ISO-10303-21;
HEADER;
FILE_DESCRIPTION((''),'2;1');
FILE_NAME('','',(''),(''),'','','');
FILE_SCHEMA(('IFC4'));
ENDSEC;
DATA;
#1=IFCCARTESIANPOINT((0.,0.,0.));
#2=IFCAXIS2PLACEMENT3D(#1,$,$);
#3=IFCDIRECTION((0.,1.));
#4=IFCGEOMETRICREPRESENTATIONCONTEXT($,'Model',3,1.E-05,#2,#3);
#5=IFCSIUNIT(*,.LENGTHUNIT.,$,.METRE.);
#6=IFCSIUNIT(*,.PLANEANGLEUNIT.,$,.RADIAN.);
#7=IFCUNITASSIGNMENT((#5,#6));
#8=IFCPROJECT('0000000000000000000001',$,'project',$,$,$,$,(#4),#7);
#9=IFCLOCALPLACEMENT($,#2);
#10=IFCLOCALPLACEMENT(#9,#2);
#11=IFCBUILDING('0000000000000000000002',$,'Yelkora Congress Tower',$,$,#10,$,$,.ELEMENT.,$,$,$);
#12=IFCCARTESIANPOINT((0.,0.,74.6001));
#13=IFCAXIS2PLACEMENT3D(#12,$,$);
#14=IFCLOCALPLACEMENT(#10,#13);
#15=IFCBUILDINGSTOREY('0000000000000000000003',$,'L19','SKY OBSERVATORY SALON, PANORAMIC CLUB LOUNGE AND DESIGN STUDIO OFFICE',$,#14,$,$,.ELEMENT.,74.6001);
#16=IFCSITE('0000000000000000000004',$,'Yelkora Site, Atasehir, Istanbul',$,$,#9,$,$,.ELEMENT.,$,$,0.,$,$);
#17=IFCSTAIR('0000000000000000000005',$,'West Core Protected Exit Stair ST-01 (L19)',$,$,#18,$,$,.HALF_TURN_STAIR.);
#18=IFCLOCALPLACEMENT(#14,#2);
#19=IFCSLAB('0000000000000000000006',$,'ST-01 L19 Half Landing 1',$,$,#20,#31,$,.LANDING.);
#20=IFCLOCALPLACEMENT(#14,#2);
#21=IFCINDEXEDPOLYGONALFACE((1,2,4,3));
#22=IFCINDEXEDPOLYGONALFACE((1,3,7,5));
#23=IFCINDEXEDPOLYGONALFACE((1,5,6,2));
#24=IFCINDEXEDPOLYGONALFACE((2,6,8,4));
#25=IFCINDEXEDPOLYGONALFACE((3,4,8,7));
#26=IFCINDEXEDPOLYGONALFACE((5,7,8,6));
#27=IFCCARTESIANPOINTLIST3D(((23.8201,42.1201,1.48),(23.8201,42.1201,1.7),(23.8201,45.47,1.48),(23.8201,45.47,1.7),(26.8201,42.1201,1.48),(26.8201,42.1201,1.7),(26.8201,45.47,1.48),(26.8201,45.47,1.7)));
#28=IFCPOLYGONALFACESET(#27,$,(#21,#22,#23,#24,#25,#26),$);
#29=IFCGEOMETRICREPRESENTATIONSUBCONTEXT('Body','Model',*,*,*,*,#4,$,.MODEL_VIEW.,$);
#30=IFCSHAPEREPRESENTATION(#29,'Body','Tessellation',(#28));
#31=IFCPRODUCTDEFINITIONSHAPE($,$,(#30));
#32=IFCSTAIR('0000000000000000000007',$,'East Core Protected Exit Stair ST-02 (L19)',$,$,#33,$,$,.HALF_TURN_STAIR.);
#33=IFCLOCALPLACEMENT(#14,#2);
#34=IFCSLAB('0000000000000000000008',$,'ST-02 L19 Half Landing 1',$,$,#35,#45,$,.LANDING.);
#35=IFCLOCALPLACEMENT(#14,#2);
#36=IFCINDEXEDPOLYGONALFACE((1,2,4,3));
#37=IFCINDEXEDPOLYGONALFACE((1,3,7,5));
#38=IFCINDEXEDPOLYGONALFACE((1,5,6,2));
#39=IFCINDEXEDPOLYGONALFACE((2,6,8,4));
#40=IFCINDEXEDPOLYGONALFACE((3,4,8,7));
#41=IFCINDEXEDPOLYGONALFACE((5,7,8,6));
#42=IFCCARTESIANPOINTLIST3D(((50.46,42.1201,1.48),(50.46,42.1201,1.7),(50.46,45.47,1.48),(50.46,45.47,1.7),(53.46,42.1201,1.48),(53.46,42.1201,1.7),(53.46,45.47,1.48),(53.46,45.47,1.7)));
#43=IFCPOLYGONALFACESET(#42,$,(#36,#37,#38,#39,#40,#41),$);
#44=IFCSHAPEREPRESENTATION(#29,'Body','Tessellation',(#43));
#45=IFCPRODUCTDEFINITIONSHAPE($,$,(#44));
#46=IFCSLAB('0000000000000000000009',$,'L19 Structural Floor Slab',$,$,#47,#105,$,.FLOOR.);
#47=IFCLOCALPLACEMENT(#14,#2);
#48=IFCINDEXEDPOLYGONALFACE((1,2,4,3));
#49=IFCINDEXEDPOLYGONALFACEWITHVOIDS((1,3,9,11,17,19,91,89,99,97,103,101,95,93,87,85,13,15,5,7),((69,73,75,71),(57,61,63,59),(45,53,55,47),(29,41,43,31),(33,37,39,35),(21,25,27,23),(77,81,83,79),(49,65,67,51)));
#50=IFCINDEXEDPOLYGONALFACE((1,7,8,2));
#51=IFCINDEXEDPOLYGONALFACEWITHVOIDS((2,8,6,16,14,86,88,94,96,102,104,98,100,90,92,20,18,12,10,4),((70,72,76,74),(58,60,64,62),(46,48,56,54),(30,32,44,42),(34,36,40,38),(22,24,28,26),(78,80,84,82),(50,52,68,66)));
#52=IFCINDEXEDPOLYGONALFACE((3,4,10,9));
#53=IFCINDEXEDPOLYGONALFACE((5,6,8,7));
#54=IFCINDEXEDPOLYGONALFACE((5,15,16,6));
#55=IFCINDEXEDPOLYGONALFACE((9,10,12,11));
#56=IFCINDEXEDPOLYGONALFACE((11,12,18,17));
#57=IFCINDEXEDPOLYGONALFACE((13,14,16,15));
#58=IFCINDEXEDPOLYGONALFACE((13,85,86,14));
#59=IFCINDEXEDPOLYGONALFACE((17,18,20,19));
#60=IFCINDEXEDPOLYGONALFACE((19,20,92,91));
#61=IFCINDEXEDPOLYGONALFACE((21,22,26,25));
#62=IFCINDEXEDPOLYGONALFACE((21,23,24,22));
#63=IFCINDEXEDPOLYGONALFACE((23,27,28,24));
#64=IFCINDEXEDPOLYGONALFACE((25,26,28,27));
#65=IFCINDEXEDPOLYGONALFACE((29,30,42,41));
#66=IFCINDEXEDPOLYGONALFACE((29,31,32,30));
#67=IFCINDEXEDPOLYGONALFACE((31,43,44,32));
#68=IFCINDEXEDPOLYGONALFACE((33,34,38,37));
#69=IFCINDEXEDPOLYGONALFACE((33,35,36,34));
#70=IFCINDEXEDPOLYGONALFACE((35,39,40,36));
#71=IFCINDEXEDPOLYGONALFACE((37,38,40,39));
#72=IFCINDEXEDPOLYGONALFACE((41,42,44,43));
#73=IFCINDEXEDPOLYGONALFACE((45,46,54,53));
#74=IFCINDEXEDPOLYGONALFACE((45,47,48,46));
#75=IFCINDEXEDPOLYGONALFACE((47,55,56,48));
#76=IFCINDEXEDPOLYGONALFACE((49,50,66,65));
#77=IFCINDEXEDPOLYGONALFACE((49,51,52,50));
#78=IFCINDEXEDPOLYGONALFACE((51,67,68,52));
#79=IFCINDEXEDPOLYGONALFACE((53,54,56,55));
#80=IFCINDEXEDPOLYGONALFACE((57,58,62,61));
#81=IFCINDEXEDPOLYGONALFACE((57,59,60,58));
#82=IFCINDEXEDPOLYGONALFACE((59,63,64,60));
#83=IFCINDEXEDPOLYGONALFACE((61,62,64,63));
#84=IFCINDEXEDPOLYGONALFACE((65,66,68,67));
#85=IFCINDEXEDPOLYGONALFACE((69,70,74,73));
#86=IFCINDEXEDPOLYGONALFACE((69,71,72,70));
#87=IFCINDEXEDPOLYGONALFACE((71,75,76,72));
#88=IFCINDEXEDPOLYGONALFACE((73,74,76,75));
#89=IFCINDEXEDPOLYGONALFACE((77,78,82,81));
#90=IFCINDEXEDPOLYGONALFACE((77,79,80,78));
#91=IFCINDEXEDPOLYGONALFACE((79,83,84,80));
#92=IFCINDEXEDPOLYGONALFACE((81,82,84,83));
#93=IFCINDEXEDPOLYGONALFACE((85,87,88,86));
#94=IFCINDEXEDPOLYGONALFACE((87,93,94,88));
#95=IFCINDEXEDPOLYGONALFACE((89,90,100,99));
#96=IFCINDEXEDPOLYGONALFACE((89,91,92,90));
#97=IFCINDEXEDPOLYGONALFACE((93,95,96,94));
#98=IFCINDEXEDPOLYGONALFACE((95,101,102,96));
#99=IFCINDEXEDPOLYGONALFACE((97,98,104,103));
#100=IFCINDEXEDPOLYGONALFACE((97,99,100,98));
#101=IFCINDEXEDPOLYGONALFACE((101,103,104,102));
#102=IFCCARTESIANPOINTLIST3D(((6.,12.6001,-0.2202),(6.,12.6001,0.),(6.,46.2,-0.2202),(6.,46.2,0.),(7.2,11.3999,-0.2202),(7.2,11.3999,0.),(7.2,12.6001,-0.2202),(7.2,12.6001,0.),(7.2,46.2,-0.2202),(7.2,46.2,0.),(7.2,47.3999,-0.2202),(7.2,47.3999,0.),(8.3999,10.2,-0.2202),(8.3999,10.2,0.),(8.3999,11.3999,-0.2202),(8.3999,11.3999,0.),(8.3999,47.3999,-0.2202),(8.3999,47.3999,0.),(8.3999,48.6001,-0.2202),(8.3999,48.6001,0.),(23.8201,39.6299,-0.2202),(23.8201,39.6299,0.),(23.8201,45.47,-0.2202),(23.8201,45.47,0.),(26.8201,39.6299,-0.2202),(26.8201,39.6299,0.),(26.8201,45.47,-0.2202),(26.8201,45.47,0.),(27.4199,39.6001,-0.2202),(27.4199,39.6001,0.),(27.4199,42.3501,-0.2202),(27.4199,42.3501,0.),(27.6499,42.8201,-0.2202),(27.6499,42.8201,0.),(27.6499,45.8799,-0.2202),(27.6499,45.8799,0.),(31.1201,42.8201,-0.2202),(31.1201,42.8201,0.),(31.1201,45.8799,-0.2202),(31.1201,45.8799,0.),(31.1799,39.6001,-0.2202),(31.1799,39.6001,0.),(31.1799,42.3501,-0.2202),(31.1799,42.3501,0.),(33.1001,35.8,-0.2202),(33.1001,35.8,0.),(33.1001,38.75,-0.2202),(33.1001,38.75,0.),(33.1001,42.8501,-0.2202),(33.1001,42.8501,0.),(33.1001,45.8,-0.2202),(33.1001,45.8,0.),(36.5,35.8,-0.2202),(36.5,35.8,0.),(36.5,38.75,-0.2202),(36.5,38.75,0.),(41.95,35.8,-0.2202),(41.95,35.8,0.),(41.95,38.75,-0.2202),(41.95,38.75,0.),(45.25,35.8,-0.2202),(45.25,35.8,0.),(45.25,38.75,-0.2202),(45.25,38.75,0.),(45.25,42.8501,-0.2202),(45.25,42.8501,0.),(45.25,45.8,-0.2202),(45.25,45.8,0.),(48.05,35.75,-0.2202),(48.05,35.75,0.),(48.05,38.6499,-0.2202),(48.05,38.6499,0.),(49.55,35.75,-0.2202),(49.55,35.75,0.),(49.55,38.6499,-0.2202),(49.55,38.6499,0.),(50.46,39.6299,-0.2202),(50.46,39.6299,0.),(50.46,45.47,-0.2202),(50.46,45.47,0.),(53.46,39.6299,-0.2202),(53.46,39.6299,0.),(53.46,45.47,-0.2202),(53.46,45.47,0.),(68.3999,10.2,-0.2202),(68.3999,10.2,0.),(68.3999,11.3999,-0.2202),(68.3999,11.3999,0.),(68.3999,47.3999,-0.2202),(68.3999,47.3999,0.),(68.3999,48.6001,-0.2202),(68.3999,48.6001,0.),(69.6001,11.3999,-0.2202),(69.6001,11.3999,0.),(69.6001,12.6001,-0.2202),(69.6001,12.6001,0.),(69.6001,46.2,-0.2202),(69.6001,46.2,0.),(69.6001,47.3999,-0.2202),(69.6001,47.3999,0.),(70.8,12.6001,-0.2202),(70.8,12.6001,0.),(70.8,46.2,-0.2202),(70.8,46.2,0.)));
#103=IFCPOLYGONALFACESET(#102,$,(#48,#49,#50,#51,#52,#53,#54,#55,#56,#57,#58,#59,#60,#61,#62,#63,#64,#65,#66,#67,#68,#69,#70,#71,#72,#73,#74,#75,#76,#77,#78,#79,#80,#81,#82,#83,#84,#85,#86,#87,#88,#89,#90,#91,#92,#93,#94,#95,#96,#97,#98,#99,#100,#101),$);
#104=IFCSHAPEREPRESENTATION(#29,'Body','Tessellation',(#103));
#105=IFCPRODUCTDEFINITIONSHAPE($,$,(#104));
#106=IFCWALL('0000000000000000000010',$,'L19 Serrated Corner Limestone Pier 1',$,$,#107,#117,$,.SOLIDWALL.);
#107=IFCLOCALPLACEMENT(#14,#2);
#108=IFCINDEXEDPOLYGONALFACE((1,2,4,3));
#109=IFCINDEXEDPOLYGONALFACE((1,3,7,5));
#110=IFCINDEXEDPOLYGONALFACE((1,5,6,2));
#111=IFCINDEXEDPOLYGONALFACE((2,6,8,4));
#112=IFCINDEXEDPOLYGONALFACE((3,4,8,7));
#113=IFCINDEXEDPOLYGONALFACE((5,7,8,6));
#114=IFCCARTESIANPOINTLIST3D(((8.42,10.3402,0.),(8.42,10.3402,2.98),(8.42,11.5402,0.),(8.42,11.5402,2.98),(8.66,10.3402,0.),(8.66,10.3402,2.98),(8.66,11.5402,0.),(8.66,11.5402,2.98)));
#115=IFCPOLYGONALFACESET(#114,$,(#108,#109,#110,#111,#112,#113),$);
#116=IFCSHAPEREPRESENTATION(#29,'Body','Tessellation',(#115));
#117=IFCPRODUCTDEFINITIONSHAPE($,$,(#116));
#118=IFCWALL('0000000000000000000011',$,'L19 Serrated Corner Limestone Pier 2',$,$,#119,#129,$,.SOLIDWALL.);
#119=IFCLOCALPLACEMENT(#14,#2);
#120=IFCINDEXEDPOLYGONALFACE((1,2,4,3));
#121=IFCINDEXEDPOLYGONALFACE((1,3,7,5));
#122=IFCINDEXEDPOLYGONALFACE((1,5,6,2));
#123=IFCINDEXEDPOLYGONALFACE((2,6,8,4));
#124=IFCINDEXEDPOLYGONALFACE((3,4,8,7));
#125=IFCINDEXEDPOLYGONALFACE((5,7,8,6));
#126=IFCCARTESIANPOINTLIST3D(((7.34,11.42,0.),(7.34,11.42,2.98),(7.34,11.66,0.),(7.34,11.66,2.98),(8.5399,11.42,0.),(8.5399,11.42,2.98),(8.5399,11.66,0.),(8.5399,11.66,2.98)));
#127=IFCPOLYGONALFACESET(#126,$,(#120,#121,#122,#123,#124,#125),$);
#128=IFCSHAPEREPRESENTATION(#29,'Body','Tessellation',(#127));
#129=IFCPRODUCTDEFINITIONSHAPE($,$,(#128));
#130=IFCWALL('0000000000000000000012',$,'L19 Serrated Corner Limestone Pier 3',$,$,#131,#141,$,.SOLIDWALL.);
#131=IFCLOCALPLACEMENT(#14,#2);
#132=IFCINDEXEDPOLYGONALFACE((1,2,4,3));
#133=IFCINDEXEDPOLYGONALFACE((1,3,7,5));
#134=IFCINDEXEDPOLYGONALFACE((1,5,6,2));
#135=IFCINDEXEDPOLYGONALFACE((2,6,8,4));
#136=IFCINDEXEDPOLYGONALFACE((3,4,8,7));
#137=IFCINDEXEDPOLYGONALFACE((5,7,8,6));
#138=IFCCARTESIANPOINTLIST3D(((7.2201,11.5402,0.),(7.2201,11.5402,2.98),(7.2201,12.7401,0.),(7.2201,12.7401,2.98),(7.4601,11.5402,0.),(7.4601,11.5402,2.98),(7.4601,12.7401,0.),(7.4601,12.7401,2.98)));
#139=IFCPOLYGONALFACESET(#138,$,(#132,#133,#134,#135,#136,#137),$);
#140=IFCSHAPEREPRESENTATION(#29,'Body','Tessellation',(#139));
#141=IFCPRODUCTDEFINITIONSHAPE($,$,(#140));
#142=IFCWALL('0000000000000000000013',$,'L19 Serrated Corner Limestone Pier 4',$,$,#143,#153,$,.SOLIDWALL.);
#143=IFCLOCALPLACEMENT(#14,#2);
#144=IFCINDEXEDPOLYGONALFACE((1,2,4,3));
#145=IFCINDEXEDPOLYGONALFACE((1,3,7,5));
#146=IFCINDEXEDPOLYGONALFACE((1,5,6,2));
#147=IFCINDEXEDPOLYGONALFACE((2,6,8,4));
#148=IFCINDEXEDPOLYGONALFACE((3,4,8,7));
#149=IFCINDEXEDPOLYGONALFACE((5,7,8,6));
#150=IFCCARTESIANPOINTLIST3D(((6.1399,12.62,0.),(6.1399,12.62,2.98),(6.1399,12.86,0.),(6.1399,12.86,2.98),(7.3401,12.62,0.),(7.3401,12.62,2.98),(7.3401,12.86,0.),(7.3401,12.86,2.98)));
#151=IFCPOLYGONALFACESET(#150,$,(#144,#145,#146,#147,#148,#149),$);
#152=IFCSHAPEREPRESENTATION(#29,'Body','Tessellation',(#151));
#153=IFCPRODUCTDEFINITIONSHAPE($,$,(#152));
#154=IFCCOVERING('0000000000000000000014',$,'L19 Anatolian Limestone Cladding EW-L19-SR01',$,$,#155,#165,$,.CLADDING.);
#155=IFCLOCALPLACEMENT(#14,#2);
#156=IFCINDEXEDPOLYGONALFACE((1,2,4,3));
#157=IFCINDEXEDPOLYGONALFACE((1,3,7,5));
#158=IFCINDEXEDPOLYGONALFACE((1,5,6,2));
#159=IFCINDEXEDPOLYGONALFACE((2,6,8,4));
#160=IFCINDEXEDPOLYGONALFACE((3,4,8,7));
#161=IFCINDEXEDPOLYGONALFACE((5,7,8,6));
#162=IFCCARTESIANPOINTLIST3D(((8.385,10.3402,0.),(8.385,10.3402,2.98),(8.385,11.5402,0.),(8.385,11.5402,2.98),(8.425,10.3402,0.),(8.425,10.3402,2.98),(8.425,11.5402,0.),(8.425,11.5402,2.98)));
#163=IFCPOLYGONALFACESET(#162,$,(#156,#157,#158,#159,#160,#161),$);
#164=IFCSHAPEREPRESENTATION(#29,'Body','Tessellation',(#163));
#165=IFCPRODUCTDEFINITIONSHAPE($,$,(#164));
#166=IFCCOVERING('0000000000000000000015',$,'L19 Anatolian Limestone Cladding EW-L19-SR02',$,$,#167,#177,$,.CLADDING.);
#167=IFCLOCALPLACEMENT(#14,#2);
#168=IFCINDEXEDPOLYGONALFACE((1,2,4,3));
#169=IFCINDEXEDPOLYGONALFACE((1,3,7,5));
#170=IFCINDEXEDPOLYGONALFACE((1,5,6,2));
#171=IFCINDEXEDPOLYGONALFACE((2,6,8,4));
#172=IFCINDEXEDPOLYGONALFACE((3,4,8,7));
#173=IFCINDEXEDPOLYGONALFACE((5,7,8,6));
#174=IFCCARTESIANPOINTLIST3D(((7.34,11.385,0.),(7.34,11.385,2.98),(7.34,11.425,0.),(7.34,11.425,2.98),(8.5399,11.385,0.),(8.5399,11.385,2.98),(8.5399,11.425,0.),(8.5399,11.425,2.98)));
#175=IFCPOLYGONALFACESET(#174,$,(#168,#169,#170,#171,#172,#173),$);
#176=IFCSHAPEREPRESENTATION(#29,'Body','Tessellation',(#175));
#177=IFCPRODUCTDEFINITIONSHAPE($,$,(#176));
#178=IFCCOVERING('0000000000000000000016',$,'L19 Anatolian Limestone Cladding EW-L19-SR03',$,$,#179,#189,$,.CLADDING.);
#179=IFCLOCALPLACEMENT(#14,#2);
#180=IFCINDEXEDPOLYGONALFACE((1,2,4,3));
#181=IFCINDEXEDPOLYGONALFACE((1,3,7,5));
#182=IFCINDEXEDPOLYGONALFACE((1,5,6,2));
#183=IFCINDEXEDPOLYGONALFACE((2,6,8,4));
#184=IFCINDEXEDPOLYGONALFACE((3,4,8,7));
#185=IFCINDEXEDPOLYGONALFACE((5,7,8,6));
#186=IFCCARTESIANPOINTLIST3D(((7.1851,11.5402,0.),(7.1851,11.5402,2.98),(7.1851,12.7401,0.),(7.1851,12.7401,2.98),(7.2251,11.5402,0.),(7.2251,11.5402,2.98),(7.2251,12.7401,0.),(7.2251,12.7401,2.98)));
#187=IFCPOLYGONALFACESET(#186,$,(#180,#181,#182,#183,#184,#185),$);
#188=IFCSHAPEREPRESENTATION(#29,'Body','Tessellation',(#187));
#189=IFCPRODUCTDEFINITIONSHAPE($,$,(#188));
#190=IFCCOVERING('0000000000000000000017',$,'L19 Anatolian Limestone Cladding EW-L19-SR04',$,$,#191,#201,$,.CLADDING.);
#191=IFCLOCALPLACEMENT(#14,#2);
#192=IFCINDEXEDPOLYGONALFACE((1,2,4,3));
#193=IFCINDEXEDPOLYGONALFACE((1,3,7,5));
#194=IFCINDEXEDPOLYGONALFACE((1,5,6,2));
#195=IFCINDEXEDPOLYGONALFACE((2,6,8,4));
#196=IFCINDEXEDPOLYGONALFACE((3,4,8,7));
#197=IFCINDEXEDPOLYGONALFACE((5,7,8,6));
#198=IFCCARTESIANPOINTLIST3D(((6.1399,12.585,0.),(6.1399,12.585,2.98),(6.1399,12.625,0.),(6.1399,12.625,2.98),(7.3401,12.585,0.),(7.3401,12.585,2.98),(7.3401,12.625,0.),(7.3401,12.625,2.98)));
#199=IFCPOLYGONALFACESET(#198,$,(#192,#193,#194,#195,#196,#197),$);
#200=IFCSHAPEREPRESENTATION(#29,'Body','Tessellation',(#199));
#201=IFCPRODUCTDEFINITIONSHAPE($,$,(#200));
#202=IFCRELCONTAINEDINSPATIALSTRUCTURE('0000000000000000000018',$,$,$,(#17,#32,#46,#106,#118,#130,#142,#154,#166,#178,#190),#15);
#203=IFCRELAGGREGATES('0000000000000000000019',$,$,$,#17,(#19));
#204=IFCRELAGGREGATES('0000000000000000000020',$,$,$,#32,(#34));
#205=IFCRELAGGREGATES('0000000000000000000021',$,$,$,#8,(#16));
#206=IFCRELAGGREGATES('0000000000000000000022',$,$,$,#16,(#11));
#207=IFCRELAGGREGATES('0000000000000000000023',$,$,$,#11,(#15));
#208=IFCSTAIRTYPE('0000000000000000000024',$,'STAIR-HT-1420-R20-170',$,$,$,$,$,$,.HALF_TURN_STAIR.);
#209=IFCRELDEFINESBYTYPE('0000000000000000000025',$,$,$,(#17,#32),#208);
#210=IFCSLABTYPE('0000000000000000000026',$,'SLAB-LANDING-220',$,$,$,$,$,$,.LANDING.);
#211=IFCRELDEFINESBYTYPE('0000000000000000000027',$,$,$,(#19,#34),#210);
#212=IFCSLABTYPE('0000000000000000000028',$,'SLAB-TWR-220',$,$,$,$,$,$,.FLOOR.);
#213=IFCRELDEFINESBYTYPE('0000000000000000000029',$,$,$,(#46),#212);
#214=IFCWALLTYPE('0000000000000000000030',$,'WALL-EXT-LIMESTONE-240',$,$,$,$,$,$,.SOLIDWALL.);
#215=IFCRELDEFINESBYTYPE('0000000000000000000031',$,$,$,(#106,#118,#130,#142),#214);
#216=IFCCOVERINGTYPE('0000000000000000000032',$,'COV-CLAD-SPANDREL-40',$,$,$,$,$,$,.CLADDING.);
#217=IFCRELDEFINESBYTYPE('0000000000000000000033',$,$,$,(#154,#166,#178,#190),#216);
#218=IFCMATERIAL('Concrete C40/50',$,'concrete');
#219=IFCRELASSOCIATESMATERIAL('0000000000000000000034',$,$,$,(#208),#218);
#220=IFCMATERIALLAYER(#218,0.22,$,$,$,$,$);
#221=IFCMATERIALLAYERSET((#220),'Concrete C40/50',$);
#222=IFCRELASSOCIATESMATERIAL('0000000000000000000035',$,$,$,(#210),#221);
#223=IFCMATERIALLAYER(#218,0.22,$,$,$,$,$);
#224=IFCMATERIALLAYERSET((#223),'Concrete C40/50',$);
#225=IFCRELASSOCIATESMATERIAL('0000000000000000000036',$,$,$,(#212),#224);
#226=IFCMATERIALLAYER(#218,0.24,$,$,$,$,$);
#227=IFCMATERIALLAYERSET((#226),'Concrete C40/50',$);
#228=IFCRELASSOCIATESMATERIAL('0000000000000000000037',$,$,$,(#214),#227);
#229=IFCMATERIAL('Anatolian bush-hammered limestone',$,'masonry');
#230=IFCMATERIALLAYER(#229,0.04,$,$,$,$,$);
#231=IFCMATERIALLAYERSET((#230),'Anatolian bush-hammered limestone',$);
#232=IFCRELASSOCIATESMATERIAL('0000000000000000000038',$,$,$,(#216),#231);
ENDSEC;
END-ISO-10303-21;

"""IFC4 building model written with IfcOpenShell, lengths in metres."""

from ifc_helpers import new_model, si_unit, direction, frame, frame_2d, origin, place, context, subcontext, project, spatial, polyline, rectangle, outline, extrude, material, layer, layer_set, type_object, element, aggregate, save


model = new_model("IFC4")

# Units and contexts
model_context = context("Model", 3, precision=1e-05, world=origin(), true_north=direction((0.0, 1.0)))
body_context = subcontext(model_context, "Body", "Model", "MODEL_VIEW")
ifc_project = project(units=[si_unit("LENGTHUNIT", "METRE"), si_unit("PLANEANGLEUNIT", "RADIAN")], contexts=[model_context])

# Site, building, storey
site_placement = place(None, origin())
site = spatial("IfcSite", under=ifc_project, at=site_placement, Name="Yelkora Site, Atasehir, Istanbul", CompositionType="ELEMENT", RefElevation=0.0)
building_placement = place(site_placement, origin())
building = spatial("IfcBuilding", under=site, at=building_placement, Name="Yelkora Congress Tower", CompositionType="ELEMENT")
storey_placement = place(building_placement, frame((0.0, 0.0, 74.6001)))
storey = spatial("IfcBuildingStorey", under=building, at=storey_placement, Name="L19", Description="SKY OBSERVATORY SALON, PANORAMIC CLUB LOUNGE AND DESIGN STUDIO OFFICE", CompositionType="ELEMENT", Elevation=74.6001)

# Stairs, slabs
ifc_material_1 = material(Name="Concrete C40/50", Category="concrete")
stair_type = type_object("IfcStairType", Name="STAIR-HT-1420-R20-170", PredefinedType="HALF_TURN_STAIR", material=ifc_material_1)
stair_1_placement = place(storey_placement, origin())
stair_1 = element("IfcStair", 1, at=stair_1_placement, inside=storey, type_object=stair_type, Name="West Core Protected Exit Stair ST-01 (L19)", PredefinedType="HALF_TURN_STAIR")
ifc_layer_1 = layer(ifc_material_1, 0.22)
ifc_layer_set_1 = layer_set([ifc_layer_1], Name="Concrete C40/50")
slab_type_1 = type_object("IfcSlabType", Name="SLAB-LANDING-220", PredefinedType="LANDING", material=ifc_layer_set_1)
slab_1_placement = place(storey_placement, frame((0.0, 0.0, 1.48)))
slab_1 = element("IfcSlab", 2, at=slab_1_placement, type_object=slab_type_1, Name="ST-01 L19 Half Landing 1", PredefinedType="LANDING", context=body_context, shape_type="SweptSolid", body=[
    extrude(outline(polyline([(26.8201, 42.1201), (26.8201, 45.47), (23.8201, 45.47), (23.8201, 42.1201), (26.8201, 42.1201)])), origin(), (0.0, 0.0, 1.0), 0.22),
])
aggregate(stair_1, [slab_1])
stair_2_placement = place(storey_placement, origin())
stair_2 = element("IfcStair", 3, at=stair_2_placement, inside=storey, type_object=stair_type, Name="East Core Protected Exit Stair ST-02 (L19)", PredefinedType="HALF_TURN_STAIR")
slab_2_placement = place(storey_placement, frame((0.0, 0.0, 1.48)))
slab_2 = element("IfcSlab", 4, at=slab_2_placement, type_object=slab_type_1, Name="ST-02 L19 Half Landing 1", PredefinedType="LANDING", context=body_context, shape_type="SweptSolid", body=[
    extrude(outline(polyline([(53.46, 42.1201), (53.46, 45.47), (50.46, 45.47), (50.46, 42.1201), (53.46, 42.1201)])), origin(), (0.0, 0.0, 1.0), 0.22),
])
aggregate(stair_2, [slab_2])

# Slab
ifc_layer_2 = layer(ifc_material_1, 0.22)
ifc_layer_set_2 = layer_set([ifc_layer_2], Name="Concrete C40/50")
slab_type_2 = type_object("IfcSlabType", Name="SLAB-TWR-220", PredefinedType="FLOOR", material=ifc_layer_set_2)
slab_3_placement = place(storey_placement, frame((0.0, 0.0, -0.2202)))
element("IfcSlab", 5, at=slab_3_placement, inside=storey, type_object=slab_type_2, Name="L19 Structural Floor Slab", PredefinedType="FLOOR", context=body_context, shape_type="SweptSolid", body=[
    extrude(outline(polyline([(8.3999, 10.2), (68.3999, 10.2), (68.3999, 11.3999), (69.6001, 11.3999), (69.6001, 12.6001), (70.8, 12.6001), (70.8, 46.2), (69.6001, 46.2), (69.6001, 47.3999), (68.3999, 47.3999), (68.3999, 48.6001), (8.3999, 48.6001), (8.3999, 47.3999), (7.2, 47.3999), (7.2, 46.2), (6.0, 46.2), (6.0, 12.6001), (7.2, 12.6001), (7.2, 11.3999), (8.3999, 11.3999), (8.3999, 10.2)]), holes=[polyline([(23.8201, 39.6299), (26.8201, 39.6299), (26.8201, 45.47), (23.8201, 45.47), (23.8201, 39.6299)]), polyline([(50.46, 39.6299), (53.46, 39.6299), (53.46, 45.47), (50.46, 45.47), (50.46, 39.6299)]), polyline([(48.05, 35.75), (49.55, 35.75), (49.55, 38.6499), (48.05, 38.6499), (48.05, 35.75)]), polyline([(41.95, 35.8), (45.25, 35.8), (45.25, 38.75), (41.95, 38.75), (41.95, 35.8)]), polyline([(33.1001, 42.8501), (45.25, 42.8501), (45.25, 45.8), (33.1001, 45.8), (33.1001, 42.8501)]), polyline([(33.1001, 35.8), (36.5, 35.8), (36.5, 38.75), (33.1001, 38.75), (33.1001, 35.8)]), polyline([(27.4199, 39.6001), (31.1799, 39.6001), (31.1799, 42.3501), (27.4199, 42.3501), (27.4199, 39.6001)]), polyline([(27.6499, 42.8201), (31.1201, 42.8201), (31.1201, 45.8799), (27.6499, 45.8799), (27.6499, 42.8201)])]), origin(), (0.0, 0.0, 1.0), 0.2202),
])

# Walls
ifc_layer_3 = layer(ifc_material_1, 0.24)
ifc_layer_set_3 = layer_set([ifc_layer_3], Name="Concrete C40/50")
wall_type = type_object("IfcWallType", Name="WALL-EXT-LIMESTONE-240", PredefinedType="SOLIDWALL", material=ifc_layer_set_3)
for number, where, z_axis, x_axis, name in (
    (6, (8.54, 10.3401, 0.0), (0.0, 0.0, 1.0), (0.0, 1.0, 0.0), "L19 Serrated Corner Limestone Pier 1"),
    (7, (8.54, 11.54, 0.0), (0.0, 0.0, 1.0), (-1.0, 0.0, 0.0), "L19 Serrated Corner Limestone Pier 2"),
    (8, (7.3401, 11.54, 0.0), (0.0, 0.0, 1.0), (0.0, 1.0, 0.0), "L19 Serrated Corner Limestone Pier 3"),
):
    element("IfcWall", number, at=place(storey_placement, frame(where, z_axis=z_axis, x_axis=x_axis)), inside=storey, type_object=wall_type, Name=name, PredefinedType="SOLIDWALL", context=body_context, shape_type="SweptSolid", body=[
        extrude(rectangle(XDim=1.2, YDim=0.24, at=frame_2d((0.6001, 0.0))), origin(), (0.0, 0.0, 1.0), 2.98),
    ])
wall_placement = place(storey_placement, frame((7.3401, 12.74, 0.0), z_axis=(0.0, 0.0, 1.0), x_axis=(-1.0, 0.0, 0.0)))
element("IfcWall", 9, at=wall_placement, inside=storey, type_object=wall_type, Name="L19 Serrated Corner Limestone Pier 4", PredefinedType="SOLIDWALL", context=body_context, shape_type="SweptSolid", body=[
    extrude(rectangle(XDim=1.2002, YDim=0.24, at=frame_2d((0.6001, 0.0))), origin(), (0.0, 0.0, 1.0), 2.98),
])

# Coverings
ifc_material_2 = material(Name="Anatolian bush-hammered limestone", Category="masonry")
ifc_layer_4 = layer(ifc_material_2, 0.04)
ifc_layer_set_4 = layer_set([ifc_layer_4], Name="Anatolian bush-hammered limestone")
covering_type = type_object("IfcCoveringType", Name="COV-CLAD-SPANDREL-40", PredefinedType="CLADDING", material=ifc_layer_set_4)
for number, where, z_axis, x_axis, name in (
    (10, (8.405, 10.3401, 0.0), (0.0, 0.0, 1.0), (0.0, 1.0, 0.0), "L19 Anatolian Limestone Cladding EW-L19-SR01"),
    (11, (8.54, 11.405, 0.0), (0.0, 0.0, 1.0), (-1.0, 0.0, 0.0), "L19 Anatolian Limestone Cladding EW-L19-SR02"),
    (12, (7.2051, 11.54, 0.0), (0.0, 0.0, 1.0), (0.0, 1.0, 0.0), "L19 Anatolian Limestone Cladding EW-L19-SR03"),
):
    element("IfcCovering", number, at=place(storey_placement, frame(where, z_axis=z_axis, x_axis=x_axis)), inside=storey, type_object=covering_type, Name=name, PredefinedType="CLADDING", context=body_context, shape_type="SweptSolid", body=[
        extrude(rectangle(XDim=1.2, YDim=0.04, at=frame_2d((0.6001, 0.0))), origin(), (0.0, 0.0, 1.0), 2.98),
    ])
covering_placement = place(storey_placement, frame((7.3401, 12.605, 0.0), z_axis=(0.0, 0.0, 1.0), x_axis=(-1.0, 0.0, 0.0)))
element("IfcCovering", 13, at=covering_placement, inside=storey, type_object=covering_type, Name="L19 Anatolian Limestone Cladding EW-L19-SR04", PredefinedType="CLADDING", context=body_context, shape_type="SweptSolid", body=[
    extrude(rectangle(XDim=1.2002, YDim=0.04, at=frame_2d((0.6001, 0.0))), origin(), (0.0, 0.0, 1.0), 2.98),
])

save(model, "model.ifc")
